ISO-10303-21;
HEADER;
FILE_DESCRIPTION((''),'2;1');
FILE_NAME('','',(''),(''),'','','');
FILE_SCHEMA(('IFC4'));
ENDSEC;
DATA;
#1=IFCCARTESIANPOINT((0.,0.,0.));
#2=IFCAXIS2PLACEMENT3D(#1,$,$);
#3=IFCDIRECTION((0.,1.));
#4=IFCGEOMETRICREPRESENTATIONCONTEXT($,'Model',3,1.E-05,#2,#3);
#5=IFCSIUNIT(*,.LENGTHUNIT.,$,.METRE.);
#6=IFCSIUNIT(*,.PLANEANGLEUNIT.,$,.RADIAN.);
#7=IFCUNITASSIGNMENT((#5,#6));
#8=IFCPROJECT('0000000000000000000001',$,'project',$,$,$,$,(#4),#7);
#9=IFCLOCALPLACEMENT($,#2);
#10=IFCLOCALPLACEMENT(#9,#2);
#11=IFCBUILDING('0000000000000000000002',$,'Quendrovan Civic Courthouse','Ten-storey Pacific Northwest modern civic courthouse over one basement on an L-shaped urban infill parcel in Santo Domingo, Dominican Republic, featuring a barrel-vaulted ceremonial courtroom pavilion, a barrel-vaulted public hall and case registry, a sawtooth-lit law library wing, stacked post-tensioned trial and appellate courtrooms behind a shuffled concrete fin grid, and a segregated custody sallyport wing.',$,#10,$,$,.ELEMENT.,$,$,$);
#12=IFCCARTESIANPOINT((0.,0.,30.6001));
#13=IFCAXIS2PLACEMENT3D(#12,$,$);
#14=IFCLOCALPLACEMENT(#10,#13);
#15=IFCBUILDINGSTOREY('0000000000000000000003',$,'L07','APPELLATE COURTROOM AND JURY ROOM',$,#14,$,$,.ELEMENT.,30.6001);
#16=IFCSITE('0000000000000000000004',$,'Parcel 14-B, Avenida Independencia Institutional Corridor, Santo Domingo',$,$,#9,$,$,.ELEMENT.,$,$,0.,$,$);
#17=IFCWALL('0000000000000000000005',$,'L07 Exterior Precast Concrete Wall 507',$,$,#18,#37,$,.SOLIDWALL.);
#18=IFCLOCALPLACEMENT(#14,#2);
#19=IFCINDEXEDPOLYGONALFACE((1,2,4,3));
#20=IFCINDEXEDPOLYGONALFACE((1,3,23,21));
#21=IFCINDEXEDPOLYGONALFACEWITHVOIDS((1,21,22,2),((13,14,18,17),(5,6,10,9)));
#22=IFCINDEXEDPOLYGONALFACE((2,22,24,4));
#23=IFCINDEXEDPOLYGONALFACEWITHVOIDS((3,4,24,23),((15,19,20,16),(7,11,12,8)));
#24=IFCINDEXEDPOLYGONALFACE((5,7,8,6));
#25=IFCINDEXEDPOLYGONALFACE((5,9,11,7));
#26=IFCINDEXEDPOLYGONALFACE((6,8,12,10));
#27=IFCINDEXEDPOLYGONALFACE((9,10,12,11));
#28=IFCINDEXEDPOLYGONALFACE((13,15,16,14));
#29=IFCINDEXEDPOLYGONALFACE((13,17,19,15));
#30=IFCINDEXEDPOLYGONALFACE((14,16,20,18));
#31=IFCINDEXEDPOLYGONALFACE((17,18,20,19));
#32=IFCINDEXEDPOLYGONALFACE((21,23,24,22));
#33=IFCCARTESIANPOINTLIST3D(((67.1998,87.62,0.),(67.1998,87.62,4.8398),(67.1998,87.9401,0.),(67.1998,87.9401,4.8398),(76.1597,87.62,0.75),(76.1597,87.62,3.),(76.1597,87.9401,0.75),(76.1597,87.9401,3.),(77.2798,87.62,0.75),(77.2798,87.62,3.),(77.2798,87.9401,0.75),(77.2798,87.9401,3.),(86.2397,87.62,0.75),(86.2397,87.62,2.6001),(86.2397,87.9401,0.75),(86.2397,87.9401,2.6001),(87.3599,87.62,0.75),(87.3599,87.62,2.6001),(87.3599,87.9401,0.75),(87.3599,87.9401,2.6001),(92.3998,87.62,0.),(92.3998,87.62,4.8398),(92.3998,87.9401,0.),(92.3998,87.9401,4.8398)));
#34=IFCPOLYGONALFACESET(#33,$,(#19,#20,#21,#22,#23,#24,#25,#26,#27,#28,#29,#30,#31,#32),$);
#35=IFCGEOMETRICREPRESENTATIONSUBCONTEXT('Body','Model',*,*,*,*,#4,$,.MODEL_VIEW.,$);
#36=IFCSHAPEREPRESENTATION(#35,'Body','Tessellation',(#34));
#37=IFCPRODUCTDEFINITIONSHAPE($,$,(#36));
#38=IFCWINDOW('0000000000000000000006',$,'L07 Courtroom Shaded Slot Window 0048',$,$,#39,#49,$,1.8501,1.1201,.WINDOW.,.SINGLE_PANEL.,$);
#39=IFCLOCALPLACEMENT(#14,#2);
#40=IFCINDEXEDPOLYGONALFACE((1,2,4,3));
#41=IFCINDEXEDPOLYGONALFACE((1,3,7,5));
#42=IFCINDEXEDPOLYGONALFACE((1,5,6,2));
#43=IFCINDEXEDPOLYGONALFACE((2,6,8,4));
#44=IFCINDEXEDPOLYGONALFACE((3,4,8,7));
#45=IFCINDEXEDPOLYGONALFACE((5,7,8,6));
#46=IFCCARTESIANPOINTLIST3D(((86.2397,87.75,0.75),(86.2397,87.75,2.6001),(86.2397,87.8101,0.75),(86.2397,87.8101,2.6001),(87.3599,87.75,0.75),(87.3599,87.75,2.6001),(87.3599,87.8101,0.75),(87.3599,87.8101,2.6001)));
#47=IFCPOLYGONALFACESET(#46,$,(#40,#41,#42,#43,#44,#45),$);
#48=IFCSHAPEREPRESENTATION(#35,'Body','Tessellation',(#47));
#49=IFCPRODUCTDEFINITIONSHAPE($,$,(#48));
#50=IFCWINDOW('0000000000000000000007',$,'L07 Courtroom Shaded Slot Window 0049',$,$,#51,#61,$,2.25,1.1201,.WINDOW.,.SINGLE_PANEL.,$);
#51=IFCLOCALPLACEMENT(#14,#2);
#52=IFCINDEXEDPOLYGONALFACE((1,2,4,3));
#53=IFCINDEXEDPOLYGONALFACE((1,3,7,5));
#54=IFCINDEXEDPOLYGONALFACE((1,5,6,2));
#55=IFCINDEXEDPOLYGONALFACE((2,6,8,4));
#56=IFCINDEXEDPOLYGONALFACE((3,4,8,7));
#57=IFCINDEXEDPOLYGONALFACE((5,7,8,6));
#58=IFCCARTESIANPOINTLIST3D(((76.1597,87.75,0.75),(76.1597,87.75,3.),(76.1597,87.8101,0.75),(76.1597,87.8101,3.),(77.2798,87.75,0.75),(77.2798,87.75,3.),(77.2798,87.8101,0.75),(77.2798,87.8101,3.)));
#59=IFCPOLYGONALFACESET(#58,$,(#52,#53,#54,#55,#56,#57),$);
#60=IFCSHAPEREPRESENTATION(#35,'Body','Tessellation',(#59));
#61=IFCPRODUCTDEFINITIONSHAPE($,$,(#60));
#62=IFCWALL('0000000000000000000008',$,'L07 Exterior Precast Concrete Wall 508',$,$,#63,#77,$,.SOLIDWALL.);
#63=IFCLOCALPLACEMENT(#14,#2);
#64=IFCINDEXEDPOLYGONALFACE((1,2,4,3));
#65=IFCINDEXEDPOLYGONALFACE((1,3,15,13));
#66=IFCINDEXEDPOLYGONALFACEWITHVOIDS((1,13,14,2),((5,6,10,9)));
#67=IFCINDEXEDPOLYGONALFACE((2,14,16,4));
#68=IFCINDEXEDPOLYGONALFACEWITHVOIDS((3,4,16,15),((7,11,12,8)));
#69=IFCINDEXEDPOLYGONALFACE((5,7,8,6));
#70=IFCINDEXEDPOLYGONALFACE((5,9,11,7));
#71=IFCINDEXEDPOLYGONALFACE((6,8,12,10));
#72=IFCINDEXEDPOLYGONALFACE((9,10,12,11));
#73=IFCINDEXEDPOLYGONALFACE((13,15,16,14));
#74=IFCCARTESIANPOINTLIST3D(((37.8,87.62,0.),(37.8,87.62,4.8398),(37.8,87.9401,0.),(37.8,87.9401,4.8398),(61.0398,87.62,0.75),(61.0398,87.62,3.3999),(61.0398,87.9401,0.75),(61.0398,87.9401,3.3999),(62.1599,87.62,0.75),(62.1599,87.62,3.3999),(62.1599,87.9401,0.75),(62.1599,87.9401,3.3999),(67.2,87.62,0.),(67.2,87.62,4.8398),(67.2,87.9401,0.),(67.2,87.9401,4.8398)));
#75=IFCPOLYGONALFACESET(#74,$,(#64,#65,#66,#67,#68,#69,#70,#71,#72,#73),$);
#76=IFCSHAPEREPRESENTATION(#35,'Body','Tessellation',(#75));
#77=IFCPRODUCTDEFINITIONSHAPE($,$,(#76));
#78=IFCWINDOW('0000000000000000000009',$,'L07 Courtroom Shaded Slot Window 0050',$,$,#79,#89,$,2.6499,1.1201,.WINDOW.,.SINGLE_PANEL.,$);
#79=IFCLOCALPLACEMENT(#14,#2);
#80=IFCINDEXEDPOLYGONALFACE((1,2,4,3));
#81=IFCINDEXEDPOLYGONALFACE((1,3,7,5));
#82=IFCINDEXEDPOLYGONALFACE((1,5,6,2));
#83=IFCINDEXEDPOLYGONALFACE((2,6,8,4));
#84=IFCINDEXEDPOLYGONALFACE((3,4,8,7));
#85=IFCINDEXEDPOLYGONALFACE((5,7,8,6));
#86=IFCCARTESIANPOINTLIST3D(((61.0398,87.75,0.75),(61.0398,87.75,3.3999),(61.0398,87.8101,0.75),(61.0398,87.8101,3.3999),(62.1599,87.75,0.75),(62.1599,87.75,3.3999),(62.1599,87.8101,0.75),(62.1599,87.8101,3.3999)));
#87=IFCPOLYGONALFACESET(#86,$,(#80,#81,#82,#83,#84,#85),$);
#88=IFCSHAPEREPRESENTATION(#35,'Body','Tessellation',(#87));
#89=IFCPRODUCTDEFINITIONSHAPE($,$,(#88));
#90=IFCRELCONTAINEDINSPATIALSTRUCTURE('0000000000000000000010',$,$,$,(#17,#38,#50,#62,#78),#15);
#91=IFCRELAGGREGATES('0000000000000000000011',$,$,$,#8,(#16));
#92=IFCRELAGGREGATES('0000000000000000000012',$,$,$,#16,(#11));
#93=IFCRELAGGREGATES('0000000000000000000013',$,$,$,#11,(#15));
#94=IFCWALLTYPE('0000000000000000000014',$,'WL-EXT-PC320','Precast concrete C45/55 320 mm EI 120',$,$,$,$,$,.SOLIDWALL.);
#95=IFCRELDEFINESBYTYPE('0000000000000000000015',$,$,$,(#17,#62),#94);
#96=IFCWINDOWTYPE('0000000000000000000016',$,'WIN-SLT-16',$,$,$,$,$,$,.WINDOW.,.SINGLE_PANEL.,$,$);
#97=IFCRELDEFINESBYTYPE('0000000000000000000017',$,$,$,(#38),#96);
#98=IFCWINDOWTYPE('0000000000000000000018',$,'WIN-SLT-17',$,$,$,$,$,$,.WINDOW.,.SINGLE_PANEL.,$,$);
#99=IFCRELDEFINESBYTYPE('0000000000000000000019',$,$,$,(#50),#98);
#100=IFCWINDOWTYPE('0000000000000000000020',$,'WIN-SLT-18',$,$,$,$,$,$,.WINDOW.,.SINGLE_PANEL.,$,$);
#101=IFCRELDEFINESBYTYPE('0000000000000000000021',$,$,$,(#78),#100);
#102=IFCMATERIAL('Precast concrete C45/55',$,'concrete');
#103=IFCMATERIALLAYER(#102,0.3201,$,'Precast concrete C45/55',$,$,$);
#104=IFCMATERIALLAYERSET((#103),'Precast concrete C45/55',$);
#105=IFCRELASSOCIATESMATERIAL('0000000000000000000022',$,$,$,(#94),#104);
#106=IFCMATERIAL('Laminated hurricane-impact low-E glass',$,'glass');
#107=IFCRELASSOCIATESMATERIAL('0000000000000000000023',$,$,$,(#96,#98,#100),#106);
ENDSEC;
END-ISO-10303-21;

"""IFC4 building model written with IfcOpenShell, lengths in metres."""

from ifc_helpers import new_model, si_unit, direction, frame, frame_2d, origin, place, context, subcontext, project, spatial, rectangle, extrude, material, layer, layer_set, type_object, element, fill, save


model = new_model("IFC4")

# Units and contexts
model_context = context("Model", 3, precision=1e-05, world=origin(), true_north=direction((0.0, 1.0)))
body_context = subcontext(model_context, "Body", "Model", "MODEL_VIEW")
ifc_project = project(units=[si_unit("LENGTHUNIT", "METRE"), si_unit("PLANEANGLEUNIT", "RADIAN")], contexts=[model_context])

# Site, building, storey
site_placement = place(None, origin())
site = spatial("IfcSite", under=ifc_project, at=site_placement, Name="Parcel 14-B, Avenida Independencia Institutional Corridor, Santo Domingo", CompositionType="ELEMENT", RefElevation=0.0)
building_placement = place(site_placement, origin())
building = spatial("IfcBuilding", under=site, at=building_placement, Name="Quendrovan Civic Courthouse", Description="Ten-storey Pacific Northwest modern civic courthouse over one basement on an L-shaped urban infill parcel in Santo Domingo, Dominican Republic, featuring a barrel-vaulted ceremonial courtroom pavilion, a barrel-vaulted public hall and case registry, a sawtooth-lit law library wing, stacked post-tensioned trial and appellate courtrooms behind a shuffled concrete fin grid, and a segregated custody sallyport wing.", CompositionType="ELEMENT")
storey_placement = place(building_placement, frame((0.0, 0.0, 30.6001)))
storey = spatial("IfcBuildingStorey", under=building, at=storey_placement, Name="L07", Description="APPELLATE COURTROOM AND JURY ROOM", CompositionType="ELEMENT", Elevation=30.6001)

# Shared definitions
ifc_material_1 = material(Name="Precast concrete C45/55", Category="concrete")

# Wall, openings, windows
ifc_layer_1 = layer(ifc_material_1, 0.3201, Name="Precast concrete C45/55")
ifc_layer_set_1 = layer_set([ifc_layer_1], Name="Precast concrete C45/55")
wall_type_1 = type_object("IfcWallType", Name="WL-EXT-PC320", Description="Precast concrete C45/55 320 mm EI 120", PredefinedType="SOLIDWALL", material=ifc_layer_set_1)
wall_1_placement = place(storey_placement, frame((92.3999, 87.78, 0.0), z_axis=(0.0, 0.0, 1.0), x_axis=(-1.0, 0.0, 0.0)))
wall_1 = element("IfcWall", 1, at=wall_1_placement, inside=storey, type_object=wall_type_1, Name="L07 Exterior Precast Concrete Wall 507", PredefinedType="SOLIDWALL", context=body_context, shape_type="SweptSolid", body=[
    extrude(rectangle(XDim=25.2, YDim=0.3201, at=frame_2d((12.6001, 0.0))), origin(), (0.0, 0.0, 1.0), 4.8398),
])
opening_1_placement = place(wall_1_placement, frame((5.04, 0.0, 0.75)))
opening_1 = element("IfcOpeningElement", 2, at=opening_1_placement, cuts=wall_1, PredefinedType="OPENING", context=body_context, shape_type="SweptSolid", body=[
    extrude(rectangle(XDim=1.1201, YDim=1.8501, at=frame_2d((0.5601, 0.925))), frame((0.0, 0.1699, 0.0), z_axis=(0.0, -1.0, 0.0), x_axis=(1.0, 0.0, 0.0)), (0.0, 0.0, 1.0), 0.3401),
])
opening_2_placement = place(wall_1_placement, frame((15.1201, 0.0, 0.75)))
opening_2 = element("IfcOpeningElement", 3, at=opening_2_placement, cuts=wall_1, PredefinedType="OPENING", context=body_context, shape_type="SweptSolid", body=[
    extrude(rectangle(XDim=1.1201, YDim=2.25, at=frame_2d((0.5601, 1.125))), frame((0.0, 0.1699, 0.0), z_axis=(0.0, -1.0, 0.0), x_axis=(1.0, 0.0, 0.0)), (0.0, 0.0, 1.0), 0.3401),
])
ifc_material_2 = material(Name="Laminated hurricane-impact low-E glass", Category="glass")
window_type_1 = type_object("IfcWindowType", Name="WIN-SLT-16", PartitioningType="SINGLE_PANEL", PredefinedType="WINDOW", material=ifc_material_2)
window_1_placement = place(opening_1_placement, origin())
window_1 = element("IfcWindow", 4, at=window_1_placement, inside=storey, type_object=window_type_1, Name="L07 Courtroom Shaded Slot Window 0048", OverallHeight=1.8501, OverallWidth=1.1201, PartitioningType="SINGLE_PANEL", PredefinedType="WINDOW", context=body_context, shape_type="SweptSolid", body=[
    extrude(rectangle(XDim=1.1201, YDim=1.8501, at=frame_2d((0.5601, 0.925))), frame((0.0, 0.03, 0.0), z_axis=(0.0, -1.0, 0.0), x_axis=(1.0, 0.0, 0.0)), (0.0, 0.0, 1.0), 0.0601),
])
fill(opening_1, window_1)
window_type_2 = type_object("IfcWindowType", Name="WIN-SLT-17", PartitioningType="SINGLE_PANEL", PredefinedType="WINDOW", material=ifc_material_2)
window_2_placement = place(opening_2_placement, origin())
window_2 = element("IfcWindow", 5, at=window_2_placement, inside=storey, type_object=window_type_2, Name="L07 Courtroom Shaded Slot Window 0049", OverallHeight=2.25, OverallWidth=1.1201, PartitioningType="SINGLE_PANEL", PredefinedType="WINDOW", context=body_context, shape_type="SweptSolid", body=[
    extrude(rectangle(XDim=1.1201, YDim=2.25, at=frame_2d((0.5601, 1.125))), frame((0.0, 0.03, 0.0), z_axis=(0.0, -1.0, 0.0), x_axis=(1.0, 0.0, 0.0)), (0.0, 0.0, 1.0), 0.0601),
])
fill(opening_2, window_2)

# Wall, opening, window
wall_2_placement = place(storey_placement, frame((67.2, 87.78, 0.0), z_axis=(0.0, 0.0, 1.0), x_axis=(-1.0, 0.0, 0.0)))
wall_2 = element("IfcWall", 6, at=wall_2_placement, inside=storey, type_object=wall_type_1, Name="L07 Exterior Precast Concrete Wall 508", PredefinedType="SOLIDWALL", context=body_context, shape_type="SweptSolid", body=[
    extrude(rectangle(XDim=29.3999, YDim=0.3201, at=frame_2d((14.7, 0.0))), origin(), (0.0, 0.0, 1.0), 4.8398),
])
opening_3_placement = place(wall_2_placement, frame((5.04, 0.0, 0.75)))
opening_3 = element("IfcOpeningElement", 7, at=opening_3_placement, cuts=wall_2, PredefinedType="OPENING", context=body_context, shape_type="SweptSolid", body=[
    extrude(rectangle(XDim=1.1201, YDim=2.6499, at=frame_2d((0.5601, 1.325))), frame((0.0, 0.1699, 0.0), z_axis=(0.0, -1.0, 0.0), x_axis=(1.0, 0.0, 0.0)), (0.0, 0.0, 1.0), 0.3401),
])
window_type_3 = type_object("IfcWindowType", Name="WIN-SLT-18", PartitioningType="SINGLE_PANEL", PredefinedType="WINDOW", material=ifc_material_2)
window_3_placement = place(opening_3_placement, origin())
window_3 = element("IfcWindow", 8, at=window_3_placement, inside=storey, type_object=window_type_3, Name="L07 Courtroom Shaded Slot Window 0050", OverallHeight=2.6499, OverallWidth=1.1201, PartitioningType="SINGLE_PANEL", PredefinedType="WINDOW", context=body_context, shape_type="SweptSolid", body=[
    extrude(rectangle(XDim=1.1201, YDim=2.6499, at=frame_2d((0.5601, 1.325))), frame((0.0, 0.03, 0.0), z_axis=(0.0, -1.0, 0.0), x_axis=(1.0, 0.0, 0.0)), (0.0, 0.0, 1.0), 0.0601),
])
fill(opening_3, window_3)

save(model, "model.ifc")
